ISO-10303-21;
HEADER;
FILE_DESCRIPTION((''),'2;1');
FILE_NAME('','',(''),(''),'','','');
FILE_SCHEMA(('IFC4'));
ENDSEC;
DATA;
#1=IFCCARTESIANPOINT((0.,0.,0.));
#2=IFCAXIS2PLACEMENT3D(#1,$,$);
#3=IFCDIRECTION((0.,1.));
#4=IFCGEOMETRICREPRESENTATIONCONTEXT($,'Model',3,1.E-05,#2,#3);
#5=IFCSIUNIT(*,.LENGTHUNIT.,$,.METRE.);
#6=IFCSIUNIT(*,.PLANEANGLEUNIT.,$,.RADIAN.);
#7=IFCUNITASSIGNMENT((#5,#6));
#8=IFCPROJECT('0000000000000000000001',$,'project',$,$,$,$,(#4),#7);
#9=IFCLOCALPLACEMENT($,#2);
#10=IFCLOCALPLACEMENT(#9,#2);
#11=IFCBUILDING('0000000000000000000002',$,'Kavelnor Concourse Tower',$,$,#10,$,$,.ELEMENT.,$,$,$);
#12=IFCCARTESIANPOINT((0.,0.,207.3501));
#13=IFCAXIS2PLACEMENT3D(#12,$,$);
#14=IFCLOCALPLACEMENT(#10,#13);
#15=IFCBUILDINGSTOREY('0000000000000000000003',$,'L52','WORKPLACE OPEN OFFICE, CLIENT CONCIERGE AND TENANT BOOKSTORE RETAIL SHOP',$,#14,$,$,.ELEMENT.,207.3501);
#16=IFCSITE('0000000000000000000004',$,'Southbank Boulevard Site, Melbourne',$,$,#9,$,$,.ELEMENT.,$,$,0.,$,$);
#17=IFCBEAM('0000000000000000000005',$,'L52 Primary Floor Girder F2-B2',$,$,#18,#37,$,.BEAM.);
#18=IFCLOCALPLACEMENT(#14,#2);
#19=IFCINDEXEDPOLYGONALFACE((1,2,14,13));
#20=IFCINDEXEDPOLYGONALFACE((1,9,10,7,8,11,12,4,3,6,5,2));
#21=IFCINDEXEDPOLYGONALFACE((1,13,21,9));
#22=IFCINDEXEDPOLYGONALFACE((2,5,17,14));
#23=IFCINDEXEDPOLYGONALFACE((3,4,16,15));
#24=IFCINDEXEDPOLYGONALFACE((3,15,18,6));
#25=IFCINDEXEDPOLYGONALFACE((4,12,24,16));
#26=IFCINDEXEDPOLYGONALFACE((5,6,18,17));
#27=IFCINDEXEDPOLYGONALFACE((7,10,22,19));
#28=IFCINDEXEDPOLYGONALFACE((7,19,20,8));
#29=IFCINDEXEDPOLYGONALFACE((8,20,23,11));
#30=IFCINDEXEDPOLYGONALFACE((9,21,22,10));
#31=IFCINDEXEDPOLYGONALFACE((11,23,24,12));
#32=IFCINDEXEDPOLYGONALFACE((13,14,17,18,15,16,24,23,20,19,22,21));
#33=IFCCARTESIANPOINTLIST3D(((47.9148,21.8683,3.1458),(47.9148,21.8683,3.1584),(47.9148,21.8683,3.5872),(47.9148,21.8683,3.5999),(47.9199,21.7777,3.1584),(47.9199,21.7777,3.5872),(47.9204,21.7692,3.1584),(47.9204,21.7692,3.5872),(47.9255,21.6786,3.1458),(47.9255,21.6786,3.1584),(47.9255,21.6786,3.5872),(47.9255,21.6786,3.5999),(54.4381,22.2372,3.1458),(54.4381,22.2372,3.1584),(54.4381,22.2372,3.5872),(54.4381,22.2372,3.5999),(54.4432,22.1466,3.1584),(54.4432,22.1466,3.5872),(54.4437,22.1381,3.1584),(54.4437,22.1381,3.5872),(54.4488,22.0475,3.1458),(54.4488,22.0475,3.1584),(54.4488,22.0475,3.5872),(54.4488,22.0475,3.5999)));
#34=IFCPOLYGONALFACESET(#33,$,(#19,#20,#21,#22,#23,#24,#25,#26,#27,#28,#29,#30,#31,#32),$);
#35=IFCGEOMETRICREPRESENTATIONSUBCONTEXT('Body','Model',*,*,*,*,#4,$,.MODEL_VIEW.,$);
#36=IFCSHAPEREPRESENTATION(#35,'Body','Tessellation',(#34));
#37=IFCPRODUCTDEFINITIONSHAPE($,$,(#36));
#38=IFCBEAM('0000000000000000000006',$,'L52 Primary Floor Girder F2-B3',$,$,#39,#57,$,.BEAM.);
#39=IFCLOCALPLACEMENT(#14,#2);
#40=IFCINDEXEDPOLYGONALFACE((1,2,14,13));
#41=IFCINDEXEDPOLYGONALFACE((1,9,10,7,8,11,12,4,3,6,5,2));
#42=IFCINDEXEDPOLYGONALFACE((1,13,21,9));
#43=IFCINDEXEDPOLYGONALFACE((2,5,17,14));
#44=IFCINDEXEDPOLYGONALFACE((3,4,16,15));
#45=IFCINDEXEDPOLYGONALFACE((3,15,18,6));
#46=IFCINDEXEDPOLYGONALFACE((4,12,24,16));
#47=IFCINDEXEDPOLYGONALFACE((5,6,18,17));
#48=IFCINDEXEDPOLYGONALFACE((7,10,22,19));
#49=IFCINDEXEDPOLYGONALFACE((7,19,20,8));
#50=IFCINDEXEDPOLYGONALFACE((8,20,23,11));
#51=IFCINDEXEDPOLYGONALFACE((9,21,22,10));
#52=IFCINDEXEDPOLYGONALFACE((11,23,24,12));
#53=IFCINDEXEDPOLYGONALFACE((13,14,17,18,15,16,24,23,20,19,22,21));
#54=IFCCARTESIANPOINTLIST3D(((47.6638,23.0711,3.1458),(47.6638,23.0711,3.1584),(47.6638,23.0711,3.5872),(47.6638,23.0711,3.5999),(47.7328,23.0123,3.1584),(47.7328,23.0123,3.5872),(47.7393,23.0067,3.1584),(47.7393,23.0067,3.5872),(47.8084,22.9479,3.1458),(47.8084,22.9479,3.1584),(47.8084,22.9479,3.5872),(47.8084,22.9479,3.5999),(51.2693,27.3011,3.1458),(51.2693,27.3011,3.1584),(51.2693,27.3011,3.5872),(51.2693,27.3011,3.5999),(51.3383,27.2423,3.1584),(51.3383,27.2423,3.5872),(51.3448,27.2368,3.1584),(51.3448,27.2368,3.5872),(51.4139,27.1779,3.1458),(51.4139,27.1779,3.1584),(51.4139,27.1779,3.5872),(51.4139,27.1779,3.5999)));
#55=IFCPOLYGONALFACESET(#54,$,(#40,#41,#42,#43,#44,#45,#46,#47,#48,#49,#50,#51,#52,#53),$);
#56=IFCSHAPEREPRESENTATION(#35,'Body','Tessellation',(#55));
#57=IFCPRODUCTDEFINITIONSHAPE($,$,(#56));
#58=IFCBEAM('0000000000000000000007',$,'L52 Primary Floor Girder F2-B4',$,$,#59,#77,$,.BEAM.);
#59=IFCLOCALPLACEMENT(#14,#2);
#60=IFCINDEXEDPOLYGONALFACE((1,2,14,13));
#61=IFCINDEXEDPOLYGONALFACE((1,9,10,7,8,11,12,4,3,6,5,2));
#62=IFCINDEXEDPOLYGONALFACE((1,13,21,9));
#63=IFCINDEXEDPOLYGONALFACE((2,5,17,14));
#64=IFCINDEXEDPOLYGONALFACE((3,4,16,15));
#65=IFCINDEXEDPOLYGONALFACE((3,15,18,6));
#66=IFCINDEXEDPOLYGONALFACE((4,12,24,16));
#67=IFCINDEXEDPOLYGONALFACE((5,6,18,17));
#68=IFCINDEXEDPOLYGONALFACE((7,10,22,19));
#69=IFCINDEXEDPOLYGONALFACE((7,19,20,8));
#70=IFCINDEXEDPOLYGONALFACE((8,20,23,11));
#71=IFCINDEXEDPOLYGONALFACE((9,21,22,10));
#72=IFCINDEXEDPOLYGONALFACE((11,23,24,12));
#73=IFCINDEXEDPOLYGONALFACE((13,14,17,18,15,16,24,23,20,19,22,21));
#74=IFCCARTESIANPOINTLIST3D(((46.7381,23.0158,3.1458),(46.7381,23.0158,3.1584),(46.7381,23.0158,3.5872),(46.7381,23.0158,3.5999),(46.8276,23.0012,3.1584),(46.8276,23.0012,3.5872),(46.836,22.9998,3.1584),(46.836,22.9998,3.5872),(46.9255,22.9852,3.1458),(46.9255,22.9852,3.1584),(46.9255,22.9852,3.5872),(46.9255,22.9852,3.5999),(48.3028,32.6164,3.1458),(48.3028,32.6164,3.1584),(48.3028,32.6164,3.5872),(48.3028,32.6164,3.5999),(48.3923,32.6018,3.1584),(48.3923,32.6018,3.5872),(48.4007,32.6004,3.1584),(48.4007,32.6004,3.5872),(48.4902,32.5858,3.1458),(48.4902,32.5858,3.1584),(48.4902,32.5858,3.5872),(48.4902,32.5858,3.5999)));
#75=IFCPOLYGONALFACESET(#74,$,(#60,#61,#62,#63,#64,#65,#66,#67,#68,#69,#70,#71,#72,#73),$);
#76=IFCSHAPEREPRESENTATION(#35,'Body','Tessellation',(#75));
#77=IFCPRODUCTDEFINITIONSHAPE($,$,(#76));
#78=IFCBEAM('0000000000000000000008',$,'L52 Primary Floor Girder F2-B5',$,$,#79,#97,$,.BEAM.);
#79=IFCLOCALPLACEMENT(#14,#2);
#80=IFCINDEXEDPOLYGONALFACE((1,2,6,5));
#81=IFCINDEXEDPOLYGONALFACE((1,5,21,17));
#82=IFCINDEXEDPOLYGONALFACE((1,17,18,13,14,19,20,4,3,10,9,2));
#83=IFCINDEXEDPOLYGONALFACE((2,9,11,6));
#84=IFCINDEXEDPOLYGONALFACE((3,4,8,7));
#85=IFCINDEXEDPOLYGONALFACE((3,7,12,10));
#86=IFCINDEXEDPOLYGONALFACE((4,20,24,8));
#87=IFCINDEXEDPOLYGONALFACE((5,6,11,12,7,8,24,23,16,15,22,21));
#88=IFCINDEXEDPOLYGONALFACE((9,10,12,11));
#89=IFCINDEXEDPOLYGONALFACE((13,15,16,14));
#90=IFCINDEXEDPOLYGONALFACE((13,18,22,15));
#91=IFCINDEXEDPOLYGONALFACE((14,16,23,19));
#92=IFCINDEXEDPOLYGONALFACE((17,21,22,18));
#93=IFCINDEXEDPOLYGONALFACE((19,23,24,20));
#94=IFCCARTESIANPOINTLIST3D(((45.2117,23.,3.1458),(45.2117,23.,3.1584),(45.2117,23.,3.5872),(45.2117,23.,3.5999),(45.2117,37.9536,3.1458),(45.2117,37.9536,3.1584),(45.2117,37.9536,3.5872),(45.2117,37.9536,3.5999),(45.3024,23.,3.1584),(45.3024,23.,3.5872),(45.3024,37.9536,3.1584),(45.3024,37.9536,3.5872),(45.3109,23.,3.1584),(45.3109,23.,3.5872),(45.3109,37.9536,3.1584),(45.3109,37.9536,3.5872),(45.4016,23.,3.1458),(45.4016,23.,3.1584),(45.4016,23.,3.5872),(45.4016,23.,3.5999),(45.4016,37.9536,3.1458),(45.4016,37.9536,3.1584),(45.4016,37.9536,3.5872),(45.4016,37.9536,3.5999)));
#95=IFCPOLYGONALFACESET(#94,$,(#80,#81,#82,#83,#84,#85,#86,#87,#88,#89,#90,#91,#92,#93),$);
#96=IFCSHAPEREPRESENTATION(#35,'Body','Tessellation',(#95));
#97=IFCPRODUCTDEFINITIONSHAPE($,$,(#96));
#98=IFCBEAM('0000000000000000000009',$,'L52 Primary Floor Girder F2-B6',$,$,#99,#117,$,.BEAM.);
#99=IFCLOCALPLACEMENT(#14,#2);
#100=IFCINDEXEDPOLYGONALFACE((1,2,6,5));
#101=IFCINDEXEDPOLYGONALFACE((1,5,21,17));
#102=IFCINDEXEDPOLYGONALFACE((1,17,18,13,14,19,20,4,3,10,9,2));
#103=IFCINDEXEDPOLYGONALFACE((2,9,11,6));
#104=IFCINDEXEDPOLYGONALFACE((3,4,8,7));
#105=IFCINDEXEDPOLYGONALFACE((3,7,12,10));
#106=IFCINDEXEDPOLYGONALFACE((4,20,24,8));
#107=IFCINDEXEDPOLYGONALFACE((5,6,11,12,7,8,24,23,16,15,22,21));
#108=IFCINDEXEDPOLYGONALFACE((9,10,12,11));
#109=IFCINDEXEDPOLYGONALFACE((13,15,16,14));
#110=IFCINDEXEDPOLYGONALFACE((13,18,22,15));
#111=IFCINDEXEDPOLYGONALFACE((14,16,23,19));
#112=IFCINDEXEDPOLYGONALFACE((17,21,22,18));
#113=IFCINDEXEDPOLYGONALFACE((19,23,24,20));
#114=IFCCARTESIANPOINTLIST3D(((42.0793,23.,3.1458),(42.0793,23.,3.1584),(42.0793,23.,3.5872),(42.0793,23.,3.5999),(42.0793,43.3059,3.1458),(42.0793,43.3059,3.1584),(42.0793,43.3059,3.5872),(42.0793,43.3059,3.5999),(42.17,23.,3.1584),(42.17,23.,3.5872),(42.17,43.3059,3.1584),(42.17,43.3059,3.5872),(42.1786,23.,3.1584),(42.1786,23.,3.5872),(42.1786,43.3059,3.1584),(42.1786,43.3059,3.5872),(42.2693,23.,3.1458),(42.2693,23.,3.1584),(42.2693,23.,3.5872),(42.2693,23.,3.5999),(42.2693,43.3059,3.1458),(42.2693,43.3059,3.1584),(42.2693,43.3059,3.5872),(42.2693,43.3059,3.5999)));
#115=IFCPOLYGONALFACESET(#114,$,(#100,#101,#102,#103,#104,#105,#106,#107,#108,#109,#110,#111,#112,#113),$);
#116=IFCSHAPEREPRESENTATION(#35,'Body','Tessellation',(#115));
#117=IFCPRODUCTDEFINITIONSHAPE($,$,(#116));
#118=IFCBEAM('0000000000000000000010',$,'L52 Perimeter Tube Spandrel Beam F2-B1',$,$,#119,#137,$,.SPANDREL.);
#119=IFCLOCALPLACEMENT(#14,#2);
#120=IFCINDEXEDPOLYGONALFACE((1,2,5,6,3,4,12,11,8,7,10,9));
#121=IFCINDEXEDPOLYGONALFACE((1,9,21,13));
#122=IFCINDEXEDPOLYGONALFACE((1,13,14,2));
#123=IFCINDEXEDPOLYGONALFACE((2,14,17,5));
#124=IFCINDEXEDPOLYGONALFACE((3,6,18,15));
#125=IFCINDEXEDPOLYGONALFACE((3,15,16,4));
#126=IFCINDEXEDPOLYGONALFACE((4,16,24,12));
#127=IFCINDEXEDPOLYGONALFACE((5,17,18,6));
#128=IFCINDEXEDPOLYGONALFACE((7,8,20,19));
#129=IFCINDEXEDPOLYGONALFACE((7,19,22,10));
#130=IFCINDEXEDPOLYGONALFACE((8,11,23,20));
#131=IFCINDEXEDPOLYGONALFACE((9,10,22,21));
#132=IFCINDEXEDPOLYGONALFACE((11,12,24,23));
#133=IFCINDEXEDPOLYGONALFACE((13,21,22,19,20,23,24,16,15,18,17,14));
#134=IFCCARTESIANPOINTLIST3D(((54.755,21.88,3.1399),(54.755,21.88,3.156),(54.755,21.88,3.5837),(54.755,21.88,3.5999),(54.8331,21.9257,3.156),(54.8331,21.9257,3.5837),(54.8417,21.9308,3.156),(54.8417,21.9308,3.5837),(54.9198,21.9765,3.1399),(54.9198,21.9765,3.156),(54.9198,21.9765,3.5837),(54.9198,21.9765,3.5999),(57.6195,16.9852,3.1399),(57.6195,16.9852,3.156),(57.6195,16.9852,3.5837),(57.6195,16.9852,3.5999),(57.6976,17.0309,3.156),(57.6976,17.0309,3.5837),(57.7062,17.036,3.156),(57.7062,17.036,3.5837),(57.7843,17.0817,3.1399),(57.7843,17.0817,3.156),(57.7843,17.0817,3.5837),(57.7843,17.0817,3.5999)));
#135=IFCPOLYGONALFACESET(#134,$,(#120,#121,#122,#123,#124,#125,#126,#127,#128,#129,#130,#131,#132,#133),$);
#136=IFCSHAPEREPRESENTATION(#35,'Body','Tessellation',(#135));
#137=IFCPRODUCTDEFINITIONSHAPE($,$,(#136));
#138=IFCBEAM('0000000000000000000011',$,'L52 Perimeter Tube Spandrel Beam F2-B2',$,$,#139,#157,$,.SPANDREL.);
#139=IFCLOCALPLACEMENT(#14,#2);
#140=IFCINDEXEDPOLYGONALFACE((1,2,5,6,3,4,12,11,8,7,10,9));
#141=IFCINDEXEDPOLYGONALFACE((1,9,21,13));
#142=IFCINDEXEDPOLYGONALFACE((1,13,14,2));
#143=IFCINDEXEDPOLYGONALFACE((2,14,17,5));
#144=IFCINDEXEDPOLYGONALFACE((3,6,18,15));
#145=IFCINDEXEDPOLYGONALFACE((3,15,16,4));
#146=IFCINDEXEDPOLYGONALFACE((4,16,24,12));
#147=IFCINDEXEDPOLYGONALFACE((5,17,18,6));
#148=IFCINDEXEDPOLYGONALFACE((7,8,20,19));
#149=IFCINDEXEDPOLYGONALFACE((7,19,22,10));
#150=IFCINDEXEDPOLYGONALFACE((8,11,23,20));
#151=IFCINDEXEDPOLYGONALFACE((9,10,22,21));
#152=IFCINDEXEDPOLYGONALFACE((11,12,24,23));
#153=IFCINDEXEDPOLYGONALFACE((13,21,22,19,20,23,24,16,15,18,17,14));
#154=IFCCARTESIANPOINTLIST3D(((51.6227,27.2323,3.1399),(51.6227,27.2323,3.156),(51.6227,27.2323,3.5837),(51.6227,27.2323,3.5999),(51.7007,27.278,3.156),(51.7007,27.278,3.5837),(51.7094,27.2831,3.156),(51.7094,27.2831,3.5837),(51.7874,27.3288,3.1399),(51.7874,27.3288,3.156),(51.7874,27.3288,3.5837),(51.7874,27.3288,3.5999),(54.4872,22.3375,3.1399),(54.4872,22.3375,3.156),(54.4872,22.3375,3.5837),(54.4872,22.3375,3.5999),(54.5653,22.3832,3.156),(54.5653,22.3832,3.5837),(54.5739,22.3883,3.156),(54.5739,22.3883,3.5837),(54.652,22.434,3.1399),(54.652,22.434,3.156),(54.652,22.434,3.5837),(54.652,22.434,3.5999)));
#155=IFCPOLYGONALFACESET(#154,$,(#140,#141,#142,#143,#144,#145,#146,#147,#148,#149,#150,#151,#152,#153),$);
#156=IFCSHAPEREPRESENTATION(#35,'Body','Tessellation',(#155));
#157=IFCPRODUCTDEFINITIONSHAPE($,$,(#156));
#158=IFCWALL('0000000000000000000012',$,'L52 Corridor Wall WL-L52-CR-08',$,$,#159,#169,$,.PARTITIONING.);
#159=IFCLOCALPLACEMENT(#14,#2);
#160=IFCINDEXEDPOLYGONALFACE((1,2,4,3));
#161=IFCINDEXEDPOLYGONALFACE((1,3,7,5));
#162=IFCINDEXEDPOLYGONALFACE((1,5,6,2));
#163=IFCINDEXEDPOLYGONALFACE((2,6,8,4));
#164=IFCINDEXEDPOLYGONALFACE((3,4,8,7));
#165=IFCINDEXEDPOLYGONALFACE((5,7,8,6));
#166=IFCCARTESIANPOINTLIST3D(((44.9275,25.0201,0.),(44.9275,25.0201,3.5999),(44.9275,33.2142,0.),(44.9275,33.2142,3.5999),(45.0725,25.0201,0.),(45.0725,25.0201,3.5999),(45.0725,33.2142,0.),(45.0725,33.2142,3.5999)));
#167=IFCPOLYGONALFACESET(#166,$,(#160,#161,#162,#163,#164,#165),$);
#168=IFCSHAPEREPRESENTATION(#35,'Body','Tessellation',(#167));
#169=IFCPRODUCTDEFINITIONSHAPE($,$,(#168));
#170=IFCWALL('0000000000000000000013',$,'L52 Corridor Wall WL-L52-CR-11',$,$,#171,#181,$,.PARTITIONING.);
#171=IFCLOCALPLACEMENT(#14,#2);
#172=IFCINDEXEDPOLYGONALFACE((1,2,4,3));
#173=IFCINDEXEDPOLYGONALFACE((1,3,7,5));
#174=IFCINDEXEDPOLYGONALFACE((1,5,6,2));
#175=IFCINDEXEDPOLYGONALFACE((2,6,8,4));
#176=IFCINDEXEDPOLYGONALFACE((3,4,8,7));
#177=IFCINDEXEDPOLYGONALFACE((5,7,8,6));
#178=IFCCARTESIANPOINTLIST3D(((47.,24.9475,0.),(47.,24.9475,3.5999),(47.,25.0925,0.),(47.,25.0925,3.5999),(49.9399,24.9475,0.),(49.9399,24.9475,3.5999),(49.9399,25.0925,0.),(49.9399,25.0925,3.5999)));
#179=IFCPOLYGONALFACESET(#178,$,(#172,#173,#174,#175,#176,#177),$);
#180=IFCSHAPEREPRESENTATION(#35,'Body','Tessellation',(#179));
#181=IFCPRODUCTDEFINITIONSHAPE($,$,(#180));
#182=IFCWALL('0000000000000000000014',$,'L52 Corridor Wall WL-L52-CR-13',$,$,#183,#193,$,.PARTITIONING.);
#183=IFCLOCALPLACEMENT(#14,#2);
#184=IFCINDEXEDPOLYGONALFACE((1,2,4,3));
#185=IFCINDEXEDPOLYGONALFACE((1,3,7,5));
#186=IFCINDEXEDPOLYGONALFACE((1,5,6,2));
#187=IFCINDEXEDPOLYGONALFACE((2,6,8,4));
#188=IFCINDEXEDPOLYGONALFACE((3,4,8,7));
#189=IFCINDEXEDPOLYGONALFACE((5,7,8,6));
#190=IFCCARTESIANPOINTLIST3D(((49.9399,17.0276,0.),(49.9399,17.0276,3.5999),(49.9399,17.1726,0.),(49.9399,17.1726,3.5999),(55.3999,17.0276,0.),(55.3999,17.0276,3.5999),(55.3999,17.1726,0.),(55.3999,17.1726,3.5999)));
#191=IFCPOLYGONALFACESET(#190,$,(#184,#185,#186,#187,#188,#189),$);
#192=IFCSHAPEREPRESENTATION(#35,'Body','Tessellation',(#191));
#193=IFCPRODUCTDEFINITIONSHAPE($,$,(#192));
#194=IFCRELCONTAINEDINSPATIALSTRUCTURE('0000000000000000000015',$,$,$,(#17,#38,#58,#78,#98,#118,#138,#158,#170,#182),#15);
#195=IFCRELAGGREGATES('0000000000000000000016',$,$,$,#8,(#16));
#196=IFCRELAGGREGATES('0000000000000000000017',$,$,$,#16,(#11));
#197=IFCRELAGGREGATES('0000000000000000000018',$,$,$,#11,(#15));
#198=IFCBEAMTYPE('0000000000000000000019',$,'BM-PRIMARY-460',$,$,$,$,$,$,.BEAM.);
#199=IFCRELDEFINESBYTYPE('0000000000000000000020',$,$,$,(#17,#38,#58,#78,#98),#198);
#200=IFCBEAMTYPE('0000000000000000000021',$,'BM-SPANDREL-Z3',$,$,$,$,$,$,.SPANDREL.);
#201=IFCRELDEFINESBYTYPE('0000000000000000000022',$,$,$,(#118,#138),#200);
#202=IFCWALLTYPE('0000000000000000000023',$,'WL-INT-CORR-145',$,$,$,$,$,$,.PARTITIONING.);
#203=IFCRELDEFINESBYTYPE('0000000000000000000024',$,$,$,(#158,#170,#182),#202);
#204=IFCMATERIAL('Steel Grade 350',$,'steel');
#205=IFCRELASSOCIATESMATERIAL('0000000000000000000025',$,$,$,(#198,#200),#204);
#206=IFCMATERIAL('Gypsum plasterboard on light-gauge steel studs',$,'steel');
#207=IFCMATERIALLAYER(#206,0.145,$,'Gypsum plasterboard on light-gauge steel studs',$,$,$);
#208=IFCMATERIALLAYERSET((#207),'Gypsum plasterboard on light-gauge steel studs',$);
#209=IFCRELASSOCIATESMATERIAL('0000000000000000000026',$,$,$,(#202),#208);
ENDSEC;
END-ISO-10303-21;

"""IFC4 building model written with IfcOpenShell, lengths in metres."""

from ifc_helpers import new_model, si_unit, direction, frame, frame_2d, origin, origin_2d, place, context, subcontext, project, spatial, rectangle, i_section, extrude, material, layer, layer_set, material_profile, profile_set, type_object, element, save


model = new_model("IFC4")

# Units and contexts
model_context = context("Model", 3, precision=1e-05, world=origin(), true_north=direction((0.0, 1.0)))
body_context = subcontext(model_context, "Body", "Model", "MODEL_VIEW")
ifc_project = project(units=[si_unit("LENGTHUNIT", "METRE"), si_unit("PLANEANGLEUNIT", "RADIAN")], contexts=[model_context])

# Site, building, storey
site_placement = place(None, origin())
site = spatial("IfcSite", under=ifc_project, at=site_placement, Name="Southbank Boulevard Site, Melbourne", CompositionType="ELEMENT", RefElevation=0.0)
building_placement = place(site_placement, origin())
building = spatial("IfcBuilding", under=site, at=building_placement, Name="Kavelnor Concourse Tower", CompositionType="ELEMENT")
storey_placement = place(building_placement, frame((0.0, 0.0, 207.3501)))
storey = spatial("IfcBuildingStorey", under=building, at=storey_placement, Name="L52", Description="WORKPLACE OPEN OFFICE, CLIENT CONCIERGE AND TENANT BOOKSTORE RETAIL SHOP", CompositionType="ELEMENT", Elevation=207.3501)

# Shared definitions
ifc_material_1 = material(Name="Steel Grade 350", Category="steel")

# Beams
ifc_material_profile_1 = material_profile(ifc_material_1, i_section(OverallWidth=0.1899, OverallDepth=0.4541, WebThickness=0.0085, FlangeThickness=0.0127, at=origin_2d()), Name="460UB67")
ifc_profile_set_1 = profile_set([ifc_material_profile_1], Name="Steel Grade 350")
beam_type_1 = type_object("IfcBeamType", Name="BM-PRIMARY-460", PredefinedType="BEAM", material=ifc_profile_set_1)
beam_1_placement = place(storey_placement, frame((47.9202, 21.7734, 3.3728), z_axis=(0.998405, 0.056461, 0.0), x_axis=(-0.056461, 0.998405, 0.0)))
element("IfcBeam", 1, at=beam_1_placement, inside=storey, type_object=beam_type_1, Name="L52 Primary Floor Girder F2-B2", PredefinedType="BEAM", context=body_context, shape_type="SweptSolid", body=[
    extrude(i_section(OverallWidth=0.1899, OverallDepth=0.4541, WebThickness=0.0085, FlangeThickness=0.0127, at=origin_2d()), origin(), (0.0, 0.0, 1.0), 6.5337),
])
beam_2_placement = place(storey_placement, frame((47.7361, 23.0095, 3.3728), z_axis=(0.648691, 0.761052, 0.0), x_axis=(-0.761052, 0.648691, 0.0)))
element("IfcBeam", 2, at=beam_2_placement, inside=storey, type_object=beam_type_1, Name="L52 Primary Floor Girder F2-B3", PredefinedType="BEAM", context=body_context, shape_type="SweptSolid", body=[
    extrude(i_section(OverallWidth=0.1899, OverallDepth=0.4541, WebThickness=0.0085, FlangeThickness=0.0127, at=origin_2d()), origin(), (0.0, 0.0, 1.0), 5.5581),
])
beam_3_placement = place(storey_placement, frame((46.8318, 23.0005, 3.3728), z_axis=(0.160857, 0.986978, 0.0), x_axis=(-0.986978, 0.160857, 0.0)))
element("IfcBeam", 3, at=beam_3_placement, inside=storey, type_object=beam_type_1, Name="L52 Primary Floor Girder F2-B4", PredefinedType="BEAM", context=body_context, shape_type="SweptSolid", body=[
    extrude(i_section(OverallWidth=0.1899, OverallDepth=0.4541, WebThickness=0.0085, FlangeThickness=0.0127, at=origin_2d()), origin(), (0.0, 0.0, 1.0), 9.7273),
])
beam_4_placement = place(storey_placement, frame((45.3066, 23.0, 3.3728), z_axis=(0.0, 1.0, 0.0), x_axis=(-1.0, 0.0, 0.0)))
element("IfcBeam", 4, at=beam_4_placement, inside=storey, type_object=beam_type_1, Name="L52 Primary Floor Girder F2-B5", PredefinedType="BEAM", context=body_context, shape_type="SweptSolid", body=[
    extrude(i_section(OverallWidth=0.1899, OverallDepth=0.4541, WebThickness=0.0085, FlangeThickness=0.0127, at=origin_2d()), origin(), (0.0, 0.0, 1.0), 14.9536),
])
beam_5_placement = place(storey_placement, frame((42.1743, 23.0, 3.3728), z_axis=(0.0, 1.0, 0.0), x_axis=(-1.0, 0.0, 0.0)))
element("IfcBeam", 5, at=beam_5_placement, inside=storey, type_object=beam_type_1, Name="L52 Primary Floor Girder F2-B6", PredefinedType="BEAM", context=body_context, shape_type="SweptSolid", body=[
    extrude(i_section(OverallWidth=0.1899, OverallDepth=0.4541, WebThickness=0.0085, FlangeThickness=0.0127, at=origin_2d()), origin(), (0.0, 0.0, 1.0), 20.3059),
])
ifc_material_profile_2 = material_profile(ifc_material_1, i_section(OverallWidth=0.1909, OverallDepth=0.46, WebThickness=0.01, FlangeThickness=0.0161, at=origin_2d()), Name="460UB82")
ifc_profile_set_2 = profile_set([ifc_material_profile_2], Name="Steel Grade 350")
beam_type_2 = type_object("IfcBeamType", Name="BM-SPANDREL-Z3", PredefinedType="SPANDREL", material=ifc_profile_set_2)
for number, where, z_axis, x_axis, name in (
    (6, (57.7019, 17.0334, 3.3699), (-0.505083, 0.863071, 0.0), (-0.863071, -0.505083, 0.0), "L52 Perimeter Tube Spandrel Beam F2-B1"),
    (7, (54.5696, 22.3857, 3.3699), (-0.505083, 0.863071, 0.0), (-0.863071, -0.505083, 0.0), "L52 Perimeter Tube Spandrel Beam F2-B2"),
):
    element("IfcBeam", number, at=place(storey_placement, frame(where, z_axis=z_axis, x_axis=x_axis)), inside=storey, type_object=beam_type_2, Name=name, PredefinedType="SPANDREL", context=body_context, shape_type="SweptSolid", body=[
        extrude(i_section(OverallWidth=0.1909, OverallDepth=0.46, WebThickness=0.01, FlangeThickness=0.0161, at=origin_2d()), origin(), (0.0, 0.0, 1.0), 5.6714),
    ])

# Walls
ifc_material_2 = material(Name="Gypsum plasterboard on light-gauge steel studs", Category="steel")
ifc_layer_1 = layer(ifc_material_2, 0.145, Name="Gypsum plasterboard on light-gauge steel studs")
ifc_layer_set_1 = layer_set([ifc_layer_1], Name="Gypsum plasterboard on light-gauge steel studs")
wall_type_1 = type_object("IfcWallType", Name="WL-INT-CORR-145", PredefinedType="PARTITIONING", material=ifc_layer_set_1)
wall_1_placement = place(storey_placement, frame((45.0, 25.02, 0.0), z_axis=(0.0, 0.0, 1.0), x_axis=(0.0, 1.0, 0.0)))
element("IfcWall", 8, at=wall_1_placement, inside=storey, type_object=wall_type_1, Name="L52 Corridor Wall WL-L52-CR-08", PredefinedType="PARTITIONING", context=body_context, shape_type="SweptSolid", body=[
    extrude(rectangle(XDim=8.1941, YDim=0.145, at=frame_2d((4.0972, 0.0))), origin(), (0.0, 0.0, 1.0), 3.5999),
])
wall_2_placement = place(storey_placement, frame((47.0, 25.02, 0.0), z_axis=(0.0, 0.0, 1.0), x_axis=(1.0, 0.0, 0.0)))
element("IfcWall", 9, at=wall_2_placement, inside=storey, type_object=wall_type_1, Name="L52 Corridor Wall WL-L52-CR-11", PredefinedType="PARTITIONING", context=body_context, shape_type="SweptSolid", body=[
    extrude(rectangle(XDim=2.9399, YDim=0.145, at=frame_2d((1.47, 0.0))), origin(), (0.0, 0.0, 1.0), 3.5999),
])
wall_3_placement = place(storey_placement, frame((49.9399, 17.1001, 0.0), z_axis=(0.0, 0.0, 1.0), x_axis=(1.0, 0.0, 0.0)))
element("IfcWall", 10, at=wall_3_placement, inside=storey, type_object=wall_type_1, Name="L52 Corridor Wall WL-L52-CR-13", PredefinedType="PARTITIONING", context=body_context, shape_type="SweptSolid", body=[
    extrude(rectangle(XDim=5.46, YDim=0.145, at=frame_2d((2.73, 0.0))), origin(), (0.0, 0.0, 1.0), 3.5999),
])

save(model, "model.ifc")
